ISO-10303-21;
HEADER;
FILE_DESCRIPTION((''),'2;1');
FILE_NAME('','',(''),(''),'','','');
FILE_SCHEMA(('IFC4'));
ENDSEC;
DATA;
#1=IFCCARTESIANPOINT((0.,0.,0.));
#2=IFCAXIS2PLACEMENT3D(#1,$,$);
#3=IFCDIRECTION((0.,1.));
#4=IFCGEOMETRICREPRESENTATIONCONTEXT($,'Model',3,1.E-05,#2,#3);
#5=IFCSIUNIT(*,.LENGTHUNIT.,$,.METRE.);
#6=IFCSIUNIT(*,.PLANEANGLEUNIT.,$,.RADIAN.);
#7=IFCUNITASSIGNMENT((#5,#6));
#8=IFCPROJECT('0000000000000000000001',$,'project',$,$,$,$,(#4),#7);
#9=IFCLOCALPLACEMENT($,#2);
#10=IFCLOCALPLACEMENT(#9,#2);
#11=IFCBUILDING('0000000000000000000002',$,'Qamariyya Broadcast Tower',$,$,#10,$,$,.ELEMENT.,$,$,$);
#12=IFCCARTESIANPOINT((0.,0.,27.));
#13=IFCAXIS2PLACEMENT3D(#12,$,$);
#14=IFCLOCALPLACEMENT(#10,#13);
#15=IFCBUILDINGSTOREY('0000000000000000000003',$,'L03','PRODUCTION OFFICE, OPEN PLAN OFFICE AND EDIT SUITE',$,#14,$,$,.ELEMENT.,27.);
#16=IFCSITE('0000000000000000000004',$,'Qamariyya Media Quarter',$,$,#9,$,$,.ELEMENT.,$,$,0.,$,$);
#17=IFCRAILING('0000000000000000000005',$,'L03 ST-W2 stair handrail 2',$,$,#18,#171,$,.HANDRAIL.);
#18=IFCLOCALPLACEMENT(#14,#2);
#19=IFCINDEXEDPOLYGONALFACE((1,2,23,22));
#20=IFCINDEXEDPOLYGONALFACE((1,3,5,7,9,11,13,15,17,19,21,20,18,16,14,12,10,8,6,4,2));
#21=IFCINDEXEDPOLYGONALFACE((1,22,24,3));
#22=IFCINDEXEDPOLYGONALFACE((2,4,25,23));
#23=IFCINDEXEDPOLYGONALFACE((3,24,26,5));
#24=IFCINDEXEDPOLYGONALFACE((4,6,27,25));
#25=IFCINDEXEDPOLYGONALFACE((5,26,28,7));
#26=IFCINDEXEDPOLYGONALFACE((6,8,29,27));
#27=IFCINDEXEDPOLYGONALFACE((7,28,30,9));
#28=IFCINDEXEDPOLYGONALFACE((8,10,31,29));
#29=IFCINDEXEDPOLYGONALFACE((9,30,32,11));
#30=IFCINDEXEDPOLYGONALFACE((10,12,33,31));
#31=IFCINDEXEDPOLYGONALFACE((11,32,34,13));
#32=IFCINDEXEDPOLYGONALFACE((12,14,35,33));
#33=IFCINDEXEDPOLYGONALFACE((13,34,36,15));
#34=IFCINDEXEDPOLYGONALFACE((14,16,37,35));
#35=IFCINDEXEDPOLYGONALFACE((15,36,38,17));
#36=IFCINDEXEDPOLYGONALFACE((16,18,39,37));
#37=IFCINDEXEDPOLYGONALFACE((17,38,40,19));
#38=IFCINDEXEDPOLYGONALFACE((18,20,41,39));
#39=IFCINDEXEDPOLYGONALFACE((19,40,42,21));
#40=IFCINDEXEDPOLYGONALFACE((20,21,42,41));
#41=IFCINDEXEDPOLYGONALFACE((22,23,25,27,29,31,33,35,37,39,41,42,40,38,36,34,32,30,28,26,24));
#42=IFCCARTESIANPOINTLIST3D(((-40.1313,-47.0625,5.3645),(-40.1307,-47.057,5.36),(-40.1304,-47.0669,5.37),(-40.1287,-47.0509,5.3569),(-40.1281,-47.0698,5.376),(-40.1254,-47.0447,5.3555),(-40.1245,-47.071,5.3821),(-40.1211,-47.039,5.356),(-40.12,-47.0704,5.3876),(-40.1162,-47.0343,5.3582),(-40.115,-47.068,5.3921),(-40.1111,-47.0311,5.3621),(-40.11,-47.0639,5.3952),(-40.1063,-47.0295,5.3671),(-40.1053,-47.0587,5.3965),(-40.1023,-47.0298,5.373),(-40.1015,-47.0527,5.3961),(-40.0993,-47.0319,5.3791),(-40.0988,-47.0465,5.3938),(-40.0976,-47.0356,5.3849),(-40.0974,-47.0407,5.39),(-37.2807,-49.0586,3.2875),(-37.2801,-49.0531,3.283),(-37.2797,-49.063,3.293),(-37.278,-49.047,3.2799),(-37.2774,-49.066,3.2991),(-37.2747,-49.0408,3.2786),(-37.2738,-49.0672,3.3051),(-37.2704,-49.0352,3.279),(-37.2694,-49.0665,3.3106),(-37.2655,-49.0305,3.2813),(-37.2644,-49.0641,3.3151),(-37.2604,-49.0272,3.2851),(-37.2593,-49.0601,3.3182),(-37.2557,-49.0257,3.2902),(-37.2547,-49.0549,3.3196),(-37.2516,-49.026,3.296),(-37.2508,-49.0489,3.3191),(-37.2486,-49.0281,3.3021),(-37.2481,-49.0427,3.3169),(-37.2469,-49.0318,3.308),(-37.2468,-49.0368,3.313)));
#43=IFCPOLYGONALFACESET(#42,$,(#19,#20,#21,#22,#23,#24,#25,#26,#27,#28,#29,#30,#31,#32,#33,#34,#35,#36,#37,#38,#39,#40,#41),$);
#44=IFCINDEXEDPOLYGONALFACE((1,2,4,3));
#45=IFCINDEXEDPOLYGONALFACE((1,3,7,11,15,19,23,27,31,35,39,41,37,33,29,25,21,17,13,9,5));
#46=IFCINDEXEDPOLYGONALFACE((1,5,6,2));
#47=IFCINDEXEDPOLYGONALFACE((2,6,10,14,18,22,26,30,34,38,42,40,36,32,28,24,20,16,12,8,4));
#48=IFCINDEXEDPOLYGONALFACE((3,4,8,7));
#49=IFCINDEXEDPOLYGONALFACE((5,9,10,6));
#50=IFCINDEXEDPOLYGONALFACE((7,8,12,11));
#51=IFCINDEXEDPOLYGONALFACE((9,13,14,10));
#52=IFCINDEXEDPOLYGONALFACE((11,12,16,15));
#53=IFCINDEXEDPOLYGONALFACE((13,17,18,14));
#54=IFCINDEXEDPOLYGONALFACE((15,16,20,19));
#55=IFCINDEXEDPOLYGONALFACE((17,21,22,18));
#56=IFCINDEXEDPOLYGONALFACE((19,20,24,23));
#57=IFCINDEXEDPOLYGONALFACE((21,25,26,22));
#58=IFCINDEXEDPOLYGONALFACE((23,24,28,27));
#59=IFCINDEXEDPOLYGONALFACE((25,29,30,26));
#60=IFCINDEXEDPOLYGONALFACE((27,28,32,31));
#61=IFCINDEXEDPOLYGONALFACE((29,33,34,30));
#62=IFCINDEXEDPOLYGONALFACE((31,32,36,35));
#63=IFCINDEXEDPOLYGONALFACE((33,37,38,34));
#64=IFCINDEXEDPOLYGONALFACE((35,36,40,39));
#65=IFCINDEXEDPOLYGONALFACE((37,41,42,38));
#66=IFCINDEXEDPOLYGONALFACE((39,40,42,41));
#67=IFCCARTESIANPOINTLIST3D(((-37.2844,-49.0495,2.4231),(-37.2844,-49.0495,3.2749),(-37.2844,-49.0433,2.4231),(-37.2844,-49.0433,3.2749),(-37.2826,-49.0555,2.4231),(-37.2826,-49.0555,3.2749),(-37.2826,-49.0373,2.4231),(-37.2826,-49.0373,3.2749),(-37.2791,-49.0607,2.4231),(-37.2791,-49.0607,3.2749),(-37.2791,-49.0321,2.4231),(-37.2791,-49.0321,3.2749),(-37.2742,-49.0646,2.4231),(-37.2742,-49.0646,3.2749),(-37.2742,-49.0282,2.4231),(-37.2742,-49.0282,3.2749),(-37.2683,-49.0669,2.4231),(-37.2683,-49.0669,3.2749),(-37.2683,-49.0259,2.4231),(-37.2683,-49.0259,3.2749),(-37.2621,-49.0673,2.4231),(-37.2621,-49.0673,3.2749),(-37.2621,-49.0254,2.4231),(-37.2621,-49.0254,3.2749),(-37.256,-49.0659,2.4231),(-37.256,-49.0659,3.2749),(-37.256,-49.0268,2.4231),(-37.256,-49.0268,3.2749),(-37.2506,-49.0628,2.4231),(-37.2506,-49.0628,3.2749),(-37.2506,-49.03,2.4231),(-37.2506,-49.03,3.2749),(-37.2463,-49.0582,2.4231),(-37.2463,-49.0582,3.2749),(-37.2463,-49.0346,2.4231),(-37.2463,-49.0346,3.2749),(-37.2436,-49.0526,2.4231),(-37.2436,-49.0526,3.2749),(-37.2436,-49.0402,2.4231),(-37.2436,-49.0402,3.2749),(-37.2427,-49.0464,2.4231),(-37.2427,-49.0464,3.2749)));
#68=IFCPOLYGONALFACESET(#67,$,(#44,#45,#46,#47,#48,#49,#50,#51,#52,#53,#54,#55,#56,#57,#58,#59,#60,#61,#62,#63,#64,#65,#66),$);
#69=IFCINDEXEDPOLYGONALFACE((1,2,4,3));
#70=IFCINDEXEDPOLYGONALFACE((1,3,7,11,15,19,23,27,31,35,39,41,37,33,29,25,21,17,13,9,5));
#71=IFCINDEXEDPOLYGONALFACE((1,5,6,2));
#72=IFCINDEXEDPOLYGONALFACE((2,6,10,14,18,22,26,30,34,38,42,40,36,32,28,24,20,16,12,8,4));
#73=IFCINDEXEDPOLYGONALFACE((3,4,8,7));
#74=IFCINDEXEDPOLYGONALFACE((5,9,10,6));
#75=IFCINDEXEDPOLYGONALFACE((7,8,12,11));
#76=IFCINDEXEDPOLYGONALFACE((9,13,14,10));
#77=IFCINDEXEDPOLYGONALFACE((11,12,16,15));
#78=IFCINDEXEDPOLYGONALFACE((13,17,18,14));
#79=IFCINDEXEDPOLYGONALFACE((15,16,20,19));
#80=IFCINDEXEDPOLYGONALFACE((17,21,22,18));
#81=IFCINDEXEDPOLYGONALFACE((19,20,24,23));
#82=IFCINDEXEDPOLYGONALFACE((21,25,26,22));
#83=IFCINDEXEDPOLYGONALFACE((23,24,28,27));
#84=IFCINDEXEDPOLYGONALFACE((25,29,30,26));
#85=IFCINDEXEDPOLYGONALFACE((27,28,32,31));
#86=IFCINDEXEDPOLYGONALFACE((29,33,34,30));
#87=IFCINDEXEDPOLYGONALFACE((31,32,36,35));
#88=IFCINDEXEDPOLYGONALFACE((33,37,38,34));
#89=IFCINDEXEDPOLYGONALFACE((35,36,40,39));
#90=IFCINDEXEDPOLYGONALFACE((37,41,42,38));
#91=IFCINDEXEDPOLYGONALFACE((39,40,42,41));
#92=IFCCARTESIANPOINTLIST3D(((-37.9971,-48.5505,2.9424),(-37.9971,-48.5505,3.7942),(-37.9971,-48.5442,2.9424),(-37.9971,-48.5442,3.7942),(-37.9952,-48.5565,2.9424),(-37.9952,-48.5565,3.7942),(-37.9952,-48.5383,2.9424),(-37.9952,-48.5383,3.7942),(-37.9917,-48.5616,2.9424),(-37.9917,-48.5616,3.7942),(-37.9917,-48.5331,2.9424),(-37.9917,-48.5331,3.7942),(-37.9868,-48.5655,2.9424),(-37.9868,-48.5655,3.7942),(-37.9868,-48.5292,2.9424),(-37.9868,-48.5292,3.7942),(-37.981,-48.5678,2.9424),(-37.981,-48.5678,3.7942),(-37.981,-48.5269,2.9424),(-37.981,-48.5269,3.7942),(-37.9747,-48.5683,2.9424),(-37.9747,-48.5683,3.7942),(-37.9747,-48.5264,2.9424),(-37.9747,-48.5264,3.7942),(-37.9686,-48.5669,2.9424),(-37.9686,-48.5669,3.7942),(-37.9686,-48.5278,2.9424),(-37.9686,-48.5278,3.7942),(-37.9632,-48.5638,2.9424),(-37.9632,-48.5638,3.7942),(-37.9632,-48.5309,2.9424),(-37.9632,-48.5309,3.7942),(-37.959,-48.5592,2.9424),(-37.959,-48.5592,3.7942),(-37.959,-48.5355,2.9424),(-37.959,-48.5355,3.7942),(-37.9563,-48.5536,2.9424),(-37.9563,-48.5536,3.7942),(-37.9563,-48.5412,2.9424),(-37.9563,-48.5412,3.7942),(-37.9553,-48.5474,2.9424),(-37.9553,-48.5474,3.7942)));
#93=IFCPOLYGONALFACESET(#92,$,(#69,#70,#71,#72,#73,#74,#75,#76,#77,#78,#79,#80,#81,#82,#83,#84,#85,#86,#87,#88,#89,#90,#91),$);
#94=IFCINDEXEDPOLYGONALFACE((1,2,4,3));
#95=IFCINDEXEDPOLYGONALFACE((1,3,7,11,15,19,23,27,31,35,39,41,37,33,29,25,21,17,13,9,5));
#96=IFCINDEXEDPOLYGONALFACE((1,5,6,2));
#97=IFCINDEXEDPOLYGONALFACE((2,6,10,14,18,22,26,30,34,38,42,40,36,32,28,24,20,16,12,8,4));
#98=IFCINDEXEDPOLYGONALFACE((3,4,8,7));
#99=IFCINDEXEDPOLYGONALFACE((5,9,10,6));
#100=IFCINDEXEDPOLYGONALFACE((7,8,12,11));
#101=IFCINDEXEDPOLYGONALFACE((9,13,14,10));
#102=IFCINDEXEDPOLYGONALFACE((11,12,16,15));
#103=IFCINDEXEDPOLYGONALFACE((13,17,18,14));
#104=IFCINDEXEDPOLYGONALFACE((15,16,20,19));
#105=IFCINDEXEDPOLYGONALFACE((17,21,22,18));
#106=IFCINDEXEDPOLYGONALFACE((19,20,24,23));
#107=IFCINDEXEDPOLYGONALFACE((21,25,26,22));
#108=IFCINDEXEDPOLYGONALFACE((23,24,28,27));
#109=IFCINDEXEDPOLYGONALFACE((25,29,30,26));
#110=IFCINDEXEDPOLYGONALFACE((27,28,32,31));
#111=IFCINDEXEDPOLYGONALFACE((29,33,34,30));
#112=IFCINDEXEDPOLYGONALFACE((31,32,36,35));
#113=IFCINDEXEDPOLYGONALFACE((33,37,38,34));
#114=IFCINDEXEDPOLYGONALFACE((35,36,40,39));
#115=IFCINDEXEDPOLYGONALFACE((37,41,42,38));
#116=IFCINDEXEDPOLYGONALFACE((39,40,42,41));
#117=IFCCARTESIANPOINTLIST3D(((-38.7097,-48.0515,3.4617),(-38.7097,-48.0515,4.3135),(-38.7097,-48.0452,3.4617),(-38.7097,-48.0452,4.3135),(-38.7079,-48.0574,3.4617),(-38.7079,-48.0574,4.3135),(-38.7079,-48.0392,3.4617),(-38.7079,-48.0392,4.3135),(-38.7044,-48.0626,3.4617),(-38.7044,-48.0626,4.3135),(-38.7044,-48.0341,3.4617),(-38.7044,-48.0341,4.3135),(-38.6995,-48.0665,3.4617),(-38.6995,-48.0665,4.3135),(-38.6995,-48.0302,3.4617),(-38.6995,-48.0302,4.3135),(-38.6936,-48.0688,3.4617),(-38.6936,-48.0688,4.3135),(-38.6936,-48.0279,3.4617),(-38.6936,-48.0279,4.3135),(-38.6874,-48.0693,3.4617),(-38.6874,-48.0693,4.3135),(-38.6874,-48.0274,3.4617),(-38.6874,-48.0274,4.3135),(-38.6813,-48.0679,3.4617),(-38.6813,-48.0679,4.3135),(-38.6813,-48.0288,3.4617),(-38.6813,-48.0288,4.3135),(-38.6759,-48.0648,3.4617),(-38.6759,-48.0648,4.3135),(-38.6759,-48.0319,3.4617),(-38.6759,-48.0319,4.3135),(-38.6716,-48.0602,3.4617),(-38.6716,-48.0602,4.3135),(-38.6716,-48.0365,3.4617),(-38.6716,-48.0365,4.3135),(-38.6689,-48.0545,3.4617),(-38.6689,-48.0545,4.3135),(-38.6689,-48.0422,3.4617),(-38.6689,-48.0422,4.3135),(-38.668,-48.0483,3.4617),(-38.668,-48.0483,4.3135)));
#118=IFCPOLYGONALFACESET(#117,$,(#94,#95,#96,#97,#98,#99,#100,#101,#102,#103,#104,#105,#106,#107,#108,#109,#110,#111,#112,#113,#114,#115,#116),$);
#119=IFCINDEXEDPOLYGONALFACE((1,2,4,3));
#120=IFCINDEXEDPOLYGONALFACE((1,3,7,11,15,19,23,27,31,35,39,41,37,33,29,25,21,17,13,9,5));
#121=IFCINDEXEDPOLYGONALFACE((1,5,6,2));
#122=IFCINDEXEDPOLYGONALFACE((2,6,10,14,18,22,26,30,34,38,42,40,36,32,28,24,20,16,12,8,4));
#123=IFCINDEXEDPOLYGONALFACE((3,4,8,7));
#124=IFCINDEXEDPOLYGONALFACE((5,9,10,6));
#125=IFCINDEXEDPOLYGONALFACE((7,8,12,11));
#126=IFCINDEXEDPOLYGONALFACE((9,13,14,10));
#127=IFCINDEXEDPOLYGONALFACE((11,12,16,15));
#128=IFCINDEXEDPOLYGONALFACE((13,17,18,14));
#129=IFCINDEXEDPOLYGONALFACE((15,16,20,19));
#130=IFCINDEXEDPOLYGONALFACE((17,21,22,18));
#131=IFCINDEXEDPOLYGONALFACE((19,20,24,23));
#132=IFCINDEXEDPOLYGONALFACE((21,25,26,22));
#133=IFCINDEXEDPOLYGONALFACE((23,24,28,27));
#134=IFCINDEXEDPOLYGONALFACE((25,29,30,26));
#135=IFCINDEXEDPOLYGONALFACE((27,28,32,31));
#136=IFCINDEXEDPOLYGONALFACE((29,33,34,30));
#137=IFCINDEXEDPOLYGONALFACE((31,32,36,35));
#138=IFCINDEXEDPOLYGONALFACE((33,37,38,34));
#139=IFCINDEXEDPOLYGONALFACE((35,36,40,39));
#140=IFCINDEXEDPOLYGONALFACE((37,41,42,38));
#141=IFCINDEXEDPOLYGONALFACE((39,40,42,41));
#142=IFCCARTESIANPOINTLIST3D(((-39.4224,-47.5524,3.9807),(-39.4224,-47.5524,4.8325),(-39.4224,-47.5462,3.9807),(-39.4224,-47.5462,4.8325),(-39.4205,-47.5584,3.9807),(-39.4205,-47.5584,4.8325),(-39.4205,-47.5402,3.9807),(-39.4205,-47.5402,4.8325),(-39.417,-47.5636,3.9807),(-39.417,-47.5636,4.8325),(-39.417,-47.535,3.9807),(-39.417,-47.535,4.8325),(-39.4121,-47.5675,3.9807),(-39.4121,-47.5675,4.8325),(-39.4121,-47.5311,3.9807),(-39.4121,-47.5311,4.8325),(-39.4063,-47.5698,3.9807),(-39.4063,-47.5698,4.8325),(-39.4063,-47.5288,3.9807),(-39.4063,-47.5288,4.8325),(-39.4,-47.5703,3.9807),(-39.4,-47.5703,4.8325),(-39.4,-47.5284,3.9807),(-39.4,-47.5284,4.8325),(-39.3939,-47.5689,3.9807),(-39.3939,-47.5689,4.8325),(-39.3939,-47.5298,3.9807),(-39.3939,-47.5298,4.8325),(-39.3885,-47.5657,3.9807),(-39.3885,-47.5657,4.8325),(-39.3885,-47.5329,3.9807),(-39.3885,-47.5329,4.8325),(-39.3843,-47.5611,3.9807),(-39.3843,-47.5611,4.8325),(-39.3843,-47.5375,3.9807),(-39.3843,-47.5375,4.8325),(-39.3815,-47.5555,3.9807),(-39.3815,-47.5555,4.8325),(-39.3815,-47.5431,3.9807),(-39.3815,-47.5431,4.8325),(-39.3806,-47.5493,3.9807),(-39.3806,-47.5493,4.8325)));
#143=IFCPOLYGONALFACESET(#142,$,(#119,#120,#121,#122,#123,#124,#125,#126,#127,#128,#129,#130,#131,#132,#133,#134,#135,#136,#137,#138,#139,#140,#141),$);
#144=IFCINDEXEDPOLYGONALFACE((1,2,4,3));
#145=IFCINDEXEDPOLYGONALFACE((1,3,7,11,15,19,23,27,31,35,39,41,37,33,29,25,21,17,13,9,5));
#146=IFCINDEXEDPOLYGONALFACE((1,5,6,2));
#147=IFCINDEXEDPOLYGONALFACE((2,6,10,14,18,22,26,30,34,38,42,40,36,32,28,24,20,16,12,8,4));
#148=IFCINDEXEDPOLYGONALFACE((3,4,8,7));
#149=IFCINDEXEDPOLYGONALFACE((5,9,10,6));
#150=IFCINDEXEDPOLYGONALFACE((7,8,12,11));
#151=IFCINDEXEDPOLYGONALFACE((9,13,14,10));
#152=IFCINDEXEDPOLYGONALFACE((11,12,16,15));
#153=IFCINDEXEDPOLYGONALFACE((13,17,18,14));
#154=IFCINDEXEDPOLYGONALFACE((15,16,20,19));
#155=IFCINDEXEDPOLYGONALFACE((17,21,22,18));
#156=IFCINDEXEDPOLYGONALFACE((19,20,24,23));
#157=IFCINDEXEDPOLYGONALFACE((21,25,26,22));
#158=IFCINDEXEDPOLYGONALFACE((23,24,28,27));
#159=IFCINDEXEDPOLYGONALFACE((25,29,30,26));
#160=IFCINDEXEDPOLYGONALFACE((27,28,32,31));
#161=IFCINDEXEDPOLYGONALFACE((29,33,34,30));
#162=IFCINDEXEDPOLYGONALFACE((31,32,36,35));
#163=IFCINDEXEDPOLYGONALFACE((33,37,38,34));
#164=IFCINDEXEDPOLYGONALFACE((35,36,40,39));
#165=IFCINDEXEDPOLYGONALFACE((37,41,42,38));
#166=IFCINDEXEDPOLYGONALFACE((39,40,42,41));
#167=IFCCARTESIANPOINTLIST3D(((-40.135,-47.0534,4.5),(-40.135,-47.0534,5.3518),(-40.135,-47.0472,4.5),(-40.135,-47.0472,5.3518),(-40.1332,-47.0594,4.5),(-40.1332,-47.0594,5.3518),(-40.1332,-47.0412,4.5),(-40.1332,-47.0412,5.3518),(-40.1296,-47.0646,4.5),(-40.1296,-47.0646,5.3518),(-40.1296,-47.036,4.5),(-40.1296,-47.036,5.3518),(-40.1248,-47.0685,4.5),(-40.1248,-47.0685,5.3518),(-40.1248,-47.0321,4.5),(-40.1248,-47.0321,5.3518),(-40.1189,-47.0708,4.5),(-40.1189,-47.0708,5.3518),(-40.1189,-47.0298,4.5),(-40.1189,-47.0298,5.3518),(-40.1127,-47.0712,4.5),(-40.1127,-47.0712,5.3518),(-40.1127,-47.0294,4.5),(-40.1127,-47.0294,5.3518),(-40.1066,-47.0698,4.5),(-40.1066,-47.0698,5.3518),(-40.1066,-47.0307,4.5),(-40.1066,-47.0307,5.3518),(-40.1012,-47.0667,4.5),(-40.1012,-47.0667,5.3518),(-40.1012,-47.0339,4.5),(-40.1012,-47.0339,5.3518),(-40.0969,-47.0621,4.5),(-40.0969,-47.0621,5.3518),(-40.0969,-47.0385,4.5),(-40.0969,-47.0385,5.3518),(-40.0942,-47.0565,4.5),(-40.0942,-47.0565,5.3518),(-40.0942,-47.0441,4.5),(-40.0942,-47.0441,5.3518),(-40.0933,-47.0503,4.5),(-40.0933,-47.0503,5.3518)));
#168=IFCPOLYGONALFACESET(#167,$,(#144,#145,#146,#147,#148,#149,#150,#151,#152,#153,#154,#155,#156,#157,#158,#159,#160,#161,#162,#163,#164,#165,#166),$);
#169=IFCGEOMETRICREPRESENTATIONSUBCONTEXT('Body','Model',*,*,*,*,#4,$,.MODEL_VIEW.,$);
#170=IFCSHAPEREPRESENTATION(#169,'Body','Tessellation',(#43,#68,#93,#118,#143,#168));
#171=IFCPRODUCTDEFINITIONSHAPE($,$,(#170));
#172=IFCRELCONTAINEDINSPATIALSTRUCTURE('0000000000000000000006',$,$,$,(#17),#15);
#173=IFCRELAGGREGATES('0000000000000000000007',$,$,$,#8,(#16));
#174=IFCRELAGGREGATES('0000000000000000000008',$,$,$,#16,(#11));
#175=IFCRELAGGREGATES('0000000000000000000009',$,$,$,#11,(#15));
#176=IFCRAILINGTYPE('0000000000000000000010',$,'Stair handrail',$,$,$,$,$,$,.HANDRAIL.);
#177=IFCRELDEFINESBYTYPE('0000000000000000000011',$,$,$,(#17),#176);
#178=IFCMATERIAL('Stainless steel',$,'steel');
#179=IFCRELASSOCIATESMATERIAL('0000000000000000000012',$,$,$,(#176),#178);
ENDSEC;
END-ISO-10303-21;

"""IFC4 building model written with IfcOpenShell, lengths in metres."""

from ifc_helpers import new_model, si_unit, direction, frame, origin, origin_2d, place, context, subcontext, project, spatial, circle, extrude, material, type_object, element, save


model = new_model("IFC4")

# Units and contexts
model_context = context("Model", 3, precision=1e-05, world=origin(), true_north=direction((0.0, 1.0)))
body_context = subcontext(model_context, "Body", "Model", "MODEL_VIEW")
ifc_project = project(units=[si_unit("LENGTHUNIT", "METRE"), si_unit("PLANEANGLEUNIT", "RADIAN")], contexts=[model_context])

# Site, building, storey
site_placement = place(None, origin())
site = spatial("IfcSite", under=ifc_project, at=site_placement, Name="Qamariyya Media Quarter", CompositionType="ELEMENT", RefElevation=0.0)
building_placement = place(site_placement, origin())
building = spatial("IfcBuilding", under=site, at=building_placement, Name="Qamariyya Broadcast Tower", CompositionType="ELEMENT")
storey_placement = place(building_placement, frame((0.0, 0.0, 27.0)))
storey = spatial("IfcBuildingStorey", under=building, at=storey_placement, Name="L03", Description="PRODUCTION OFFICE, OPEN PLAN OFFICE AND EDIT SUITE", CompositionType="ELEMENT", Elevation=27.0)

# Railing
ifc_material_1 = material(Name="Stainless steel", Category="steel")
railing_type_1 = type_object("IfcRailingType", Name="Stair handrail", PredefinedType="HANDRAIL", material=ifc_material_1)
railing_1_placement = place(storey_placement, frame((-37.2637, -49.0464, 2.4231)))
element("IfcRailing", 1, at=railing_1_placement, inside=storey, type_object=railing_type_1, Name="L03 ST-W2 stair handrail 2", PredefinedType="HANDRAIL", context=body_context, shape_type="SweptSolid", body=[
    extrude(circle(Radius=0.0239, at=origin_2d()), frame((0.0, 0.0, 0.876), z_axis=(-0.703393, 0.492544, 0.512484), x_axis=(-0.573594, -0.81914, 0.0)), (0.0, 0.0, 1.0), 4.0527),
    extrude(circle(Radius=0.021, at=origin_2d()), origin(), (0.0, 0.0, 1.0), 0.8518),
    extrude(circle(Radius=0.021, at=origin_2d()), frame((-0.7126, 0.499, 0.5193)), (0.0, 0.0, 1.0), 0.8518),
    extrude(circle(Radius=0.021, at=origin_2d()), frame((-1.4253, 0.998, 1.0386)), (0.0, 0.0, 1.0), 0.8518),
    extrude(circle(Radius=0.021, at=origin_2d()), frame((-2.1379, 1.4971, 1.5576)), (0.0, 0.0, 1.0), 0.8518),
    extrude(circle(Radius=0.021, at=origin_2d()), frame((-2.8506, 1.9961, 2.0769)), (0.0, 0.0, 1.0), 0.8518),
])

save(model, "model.ifc")
